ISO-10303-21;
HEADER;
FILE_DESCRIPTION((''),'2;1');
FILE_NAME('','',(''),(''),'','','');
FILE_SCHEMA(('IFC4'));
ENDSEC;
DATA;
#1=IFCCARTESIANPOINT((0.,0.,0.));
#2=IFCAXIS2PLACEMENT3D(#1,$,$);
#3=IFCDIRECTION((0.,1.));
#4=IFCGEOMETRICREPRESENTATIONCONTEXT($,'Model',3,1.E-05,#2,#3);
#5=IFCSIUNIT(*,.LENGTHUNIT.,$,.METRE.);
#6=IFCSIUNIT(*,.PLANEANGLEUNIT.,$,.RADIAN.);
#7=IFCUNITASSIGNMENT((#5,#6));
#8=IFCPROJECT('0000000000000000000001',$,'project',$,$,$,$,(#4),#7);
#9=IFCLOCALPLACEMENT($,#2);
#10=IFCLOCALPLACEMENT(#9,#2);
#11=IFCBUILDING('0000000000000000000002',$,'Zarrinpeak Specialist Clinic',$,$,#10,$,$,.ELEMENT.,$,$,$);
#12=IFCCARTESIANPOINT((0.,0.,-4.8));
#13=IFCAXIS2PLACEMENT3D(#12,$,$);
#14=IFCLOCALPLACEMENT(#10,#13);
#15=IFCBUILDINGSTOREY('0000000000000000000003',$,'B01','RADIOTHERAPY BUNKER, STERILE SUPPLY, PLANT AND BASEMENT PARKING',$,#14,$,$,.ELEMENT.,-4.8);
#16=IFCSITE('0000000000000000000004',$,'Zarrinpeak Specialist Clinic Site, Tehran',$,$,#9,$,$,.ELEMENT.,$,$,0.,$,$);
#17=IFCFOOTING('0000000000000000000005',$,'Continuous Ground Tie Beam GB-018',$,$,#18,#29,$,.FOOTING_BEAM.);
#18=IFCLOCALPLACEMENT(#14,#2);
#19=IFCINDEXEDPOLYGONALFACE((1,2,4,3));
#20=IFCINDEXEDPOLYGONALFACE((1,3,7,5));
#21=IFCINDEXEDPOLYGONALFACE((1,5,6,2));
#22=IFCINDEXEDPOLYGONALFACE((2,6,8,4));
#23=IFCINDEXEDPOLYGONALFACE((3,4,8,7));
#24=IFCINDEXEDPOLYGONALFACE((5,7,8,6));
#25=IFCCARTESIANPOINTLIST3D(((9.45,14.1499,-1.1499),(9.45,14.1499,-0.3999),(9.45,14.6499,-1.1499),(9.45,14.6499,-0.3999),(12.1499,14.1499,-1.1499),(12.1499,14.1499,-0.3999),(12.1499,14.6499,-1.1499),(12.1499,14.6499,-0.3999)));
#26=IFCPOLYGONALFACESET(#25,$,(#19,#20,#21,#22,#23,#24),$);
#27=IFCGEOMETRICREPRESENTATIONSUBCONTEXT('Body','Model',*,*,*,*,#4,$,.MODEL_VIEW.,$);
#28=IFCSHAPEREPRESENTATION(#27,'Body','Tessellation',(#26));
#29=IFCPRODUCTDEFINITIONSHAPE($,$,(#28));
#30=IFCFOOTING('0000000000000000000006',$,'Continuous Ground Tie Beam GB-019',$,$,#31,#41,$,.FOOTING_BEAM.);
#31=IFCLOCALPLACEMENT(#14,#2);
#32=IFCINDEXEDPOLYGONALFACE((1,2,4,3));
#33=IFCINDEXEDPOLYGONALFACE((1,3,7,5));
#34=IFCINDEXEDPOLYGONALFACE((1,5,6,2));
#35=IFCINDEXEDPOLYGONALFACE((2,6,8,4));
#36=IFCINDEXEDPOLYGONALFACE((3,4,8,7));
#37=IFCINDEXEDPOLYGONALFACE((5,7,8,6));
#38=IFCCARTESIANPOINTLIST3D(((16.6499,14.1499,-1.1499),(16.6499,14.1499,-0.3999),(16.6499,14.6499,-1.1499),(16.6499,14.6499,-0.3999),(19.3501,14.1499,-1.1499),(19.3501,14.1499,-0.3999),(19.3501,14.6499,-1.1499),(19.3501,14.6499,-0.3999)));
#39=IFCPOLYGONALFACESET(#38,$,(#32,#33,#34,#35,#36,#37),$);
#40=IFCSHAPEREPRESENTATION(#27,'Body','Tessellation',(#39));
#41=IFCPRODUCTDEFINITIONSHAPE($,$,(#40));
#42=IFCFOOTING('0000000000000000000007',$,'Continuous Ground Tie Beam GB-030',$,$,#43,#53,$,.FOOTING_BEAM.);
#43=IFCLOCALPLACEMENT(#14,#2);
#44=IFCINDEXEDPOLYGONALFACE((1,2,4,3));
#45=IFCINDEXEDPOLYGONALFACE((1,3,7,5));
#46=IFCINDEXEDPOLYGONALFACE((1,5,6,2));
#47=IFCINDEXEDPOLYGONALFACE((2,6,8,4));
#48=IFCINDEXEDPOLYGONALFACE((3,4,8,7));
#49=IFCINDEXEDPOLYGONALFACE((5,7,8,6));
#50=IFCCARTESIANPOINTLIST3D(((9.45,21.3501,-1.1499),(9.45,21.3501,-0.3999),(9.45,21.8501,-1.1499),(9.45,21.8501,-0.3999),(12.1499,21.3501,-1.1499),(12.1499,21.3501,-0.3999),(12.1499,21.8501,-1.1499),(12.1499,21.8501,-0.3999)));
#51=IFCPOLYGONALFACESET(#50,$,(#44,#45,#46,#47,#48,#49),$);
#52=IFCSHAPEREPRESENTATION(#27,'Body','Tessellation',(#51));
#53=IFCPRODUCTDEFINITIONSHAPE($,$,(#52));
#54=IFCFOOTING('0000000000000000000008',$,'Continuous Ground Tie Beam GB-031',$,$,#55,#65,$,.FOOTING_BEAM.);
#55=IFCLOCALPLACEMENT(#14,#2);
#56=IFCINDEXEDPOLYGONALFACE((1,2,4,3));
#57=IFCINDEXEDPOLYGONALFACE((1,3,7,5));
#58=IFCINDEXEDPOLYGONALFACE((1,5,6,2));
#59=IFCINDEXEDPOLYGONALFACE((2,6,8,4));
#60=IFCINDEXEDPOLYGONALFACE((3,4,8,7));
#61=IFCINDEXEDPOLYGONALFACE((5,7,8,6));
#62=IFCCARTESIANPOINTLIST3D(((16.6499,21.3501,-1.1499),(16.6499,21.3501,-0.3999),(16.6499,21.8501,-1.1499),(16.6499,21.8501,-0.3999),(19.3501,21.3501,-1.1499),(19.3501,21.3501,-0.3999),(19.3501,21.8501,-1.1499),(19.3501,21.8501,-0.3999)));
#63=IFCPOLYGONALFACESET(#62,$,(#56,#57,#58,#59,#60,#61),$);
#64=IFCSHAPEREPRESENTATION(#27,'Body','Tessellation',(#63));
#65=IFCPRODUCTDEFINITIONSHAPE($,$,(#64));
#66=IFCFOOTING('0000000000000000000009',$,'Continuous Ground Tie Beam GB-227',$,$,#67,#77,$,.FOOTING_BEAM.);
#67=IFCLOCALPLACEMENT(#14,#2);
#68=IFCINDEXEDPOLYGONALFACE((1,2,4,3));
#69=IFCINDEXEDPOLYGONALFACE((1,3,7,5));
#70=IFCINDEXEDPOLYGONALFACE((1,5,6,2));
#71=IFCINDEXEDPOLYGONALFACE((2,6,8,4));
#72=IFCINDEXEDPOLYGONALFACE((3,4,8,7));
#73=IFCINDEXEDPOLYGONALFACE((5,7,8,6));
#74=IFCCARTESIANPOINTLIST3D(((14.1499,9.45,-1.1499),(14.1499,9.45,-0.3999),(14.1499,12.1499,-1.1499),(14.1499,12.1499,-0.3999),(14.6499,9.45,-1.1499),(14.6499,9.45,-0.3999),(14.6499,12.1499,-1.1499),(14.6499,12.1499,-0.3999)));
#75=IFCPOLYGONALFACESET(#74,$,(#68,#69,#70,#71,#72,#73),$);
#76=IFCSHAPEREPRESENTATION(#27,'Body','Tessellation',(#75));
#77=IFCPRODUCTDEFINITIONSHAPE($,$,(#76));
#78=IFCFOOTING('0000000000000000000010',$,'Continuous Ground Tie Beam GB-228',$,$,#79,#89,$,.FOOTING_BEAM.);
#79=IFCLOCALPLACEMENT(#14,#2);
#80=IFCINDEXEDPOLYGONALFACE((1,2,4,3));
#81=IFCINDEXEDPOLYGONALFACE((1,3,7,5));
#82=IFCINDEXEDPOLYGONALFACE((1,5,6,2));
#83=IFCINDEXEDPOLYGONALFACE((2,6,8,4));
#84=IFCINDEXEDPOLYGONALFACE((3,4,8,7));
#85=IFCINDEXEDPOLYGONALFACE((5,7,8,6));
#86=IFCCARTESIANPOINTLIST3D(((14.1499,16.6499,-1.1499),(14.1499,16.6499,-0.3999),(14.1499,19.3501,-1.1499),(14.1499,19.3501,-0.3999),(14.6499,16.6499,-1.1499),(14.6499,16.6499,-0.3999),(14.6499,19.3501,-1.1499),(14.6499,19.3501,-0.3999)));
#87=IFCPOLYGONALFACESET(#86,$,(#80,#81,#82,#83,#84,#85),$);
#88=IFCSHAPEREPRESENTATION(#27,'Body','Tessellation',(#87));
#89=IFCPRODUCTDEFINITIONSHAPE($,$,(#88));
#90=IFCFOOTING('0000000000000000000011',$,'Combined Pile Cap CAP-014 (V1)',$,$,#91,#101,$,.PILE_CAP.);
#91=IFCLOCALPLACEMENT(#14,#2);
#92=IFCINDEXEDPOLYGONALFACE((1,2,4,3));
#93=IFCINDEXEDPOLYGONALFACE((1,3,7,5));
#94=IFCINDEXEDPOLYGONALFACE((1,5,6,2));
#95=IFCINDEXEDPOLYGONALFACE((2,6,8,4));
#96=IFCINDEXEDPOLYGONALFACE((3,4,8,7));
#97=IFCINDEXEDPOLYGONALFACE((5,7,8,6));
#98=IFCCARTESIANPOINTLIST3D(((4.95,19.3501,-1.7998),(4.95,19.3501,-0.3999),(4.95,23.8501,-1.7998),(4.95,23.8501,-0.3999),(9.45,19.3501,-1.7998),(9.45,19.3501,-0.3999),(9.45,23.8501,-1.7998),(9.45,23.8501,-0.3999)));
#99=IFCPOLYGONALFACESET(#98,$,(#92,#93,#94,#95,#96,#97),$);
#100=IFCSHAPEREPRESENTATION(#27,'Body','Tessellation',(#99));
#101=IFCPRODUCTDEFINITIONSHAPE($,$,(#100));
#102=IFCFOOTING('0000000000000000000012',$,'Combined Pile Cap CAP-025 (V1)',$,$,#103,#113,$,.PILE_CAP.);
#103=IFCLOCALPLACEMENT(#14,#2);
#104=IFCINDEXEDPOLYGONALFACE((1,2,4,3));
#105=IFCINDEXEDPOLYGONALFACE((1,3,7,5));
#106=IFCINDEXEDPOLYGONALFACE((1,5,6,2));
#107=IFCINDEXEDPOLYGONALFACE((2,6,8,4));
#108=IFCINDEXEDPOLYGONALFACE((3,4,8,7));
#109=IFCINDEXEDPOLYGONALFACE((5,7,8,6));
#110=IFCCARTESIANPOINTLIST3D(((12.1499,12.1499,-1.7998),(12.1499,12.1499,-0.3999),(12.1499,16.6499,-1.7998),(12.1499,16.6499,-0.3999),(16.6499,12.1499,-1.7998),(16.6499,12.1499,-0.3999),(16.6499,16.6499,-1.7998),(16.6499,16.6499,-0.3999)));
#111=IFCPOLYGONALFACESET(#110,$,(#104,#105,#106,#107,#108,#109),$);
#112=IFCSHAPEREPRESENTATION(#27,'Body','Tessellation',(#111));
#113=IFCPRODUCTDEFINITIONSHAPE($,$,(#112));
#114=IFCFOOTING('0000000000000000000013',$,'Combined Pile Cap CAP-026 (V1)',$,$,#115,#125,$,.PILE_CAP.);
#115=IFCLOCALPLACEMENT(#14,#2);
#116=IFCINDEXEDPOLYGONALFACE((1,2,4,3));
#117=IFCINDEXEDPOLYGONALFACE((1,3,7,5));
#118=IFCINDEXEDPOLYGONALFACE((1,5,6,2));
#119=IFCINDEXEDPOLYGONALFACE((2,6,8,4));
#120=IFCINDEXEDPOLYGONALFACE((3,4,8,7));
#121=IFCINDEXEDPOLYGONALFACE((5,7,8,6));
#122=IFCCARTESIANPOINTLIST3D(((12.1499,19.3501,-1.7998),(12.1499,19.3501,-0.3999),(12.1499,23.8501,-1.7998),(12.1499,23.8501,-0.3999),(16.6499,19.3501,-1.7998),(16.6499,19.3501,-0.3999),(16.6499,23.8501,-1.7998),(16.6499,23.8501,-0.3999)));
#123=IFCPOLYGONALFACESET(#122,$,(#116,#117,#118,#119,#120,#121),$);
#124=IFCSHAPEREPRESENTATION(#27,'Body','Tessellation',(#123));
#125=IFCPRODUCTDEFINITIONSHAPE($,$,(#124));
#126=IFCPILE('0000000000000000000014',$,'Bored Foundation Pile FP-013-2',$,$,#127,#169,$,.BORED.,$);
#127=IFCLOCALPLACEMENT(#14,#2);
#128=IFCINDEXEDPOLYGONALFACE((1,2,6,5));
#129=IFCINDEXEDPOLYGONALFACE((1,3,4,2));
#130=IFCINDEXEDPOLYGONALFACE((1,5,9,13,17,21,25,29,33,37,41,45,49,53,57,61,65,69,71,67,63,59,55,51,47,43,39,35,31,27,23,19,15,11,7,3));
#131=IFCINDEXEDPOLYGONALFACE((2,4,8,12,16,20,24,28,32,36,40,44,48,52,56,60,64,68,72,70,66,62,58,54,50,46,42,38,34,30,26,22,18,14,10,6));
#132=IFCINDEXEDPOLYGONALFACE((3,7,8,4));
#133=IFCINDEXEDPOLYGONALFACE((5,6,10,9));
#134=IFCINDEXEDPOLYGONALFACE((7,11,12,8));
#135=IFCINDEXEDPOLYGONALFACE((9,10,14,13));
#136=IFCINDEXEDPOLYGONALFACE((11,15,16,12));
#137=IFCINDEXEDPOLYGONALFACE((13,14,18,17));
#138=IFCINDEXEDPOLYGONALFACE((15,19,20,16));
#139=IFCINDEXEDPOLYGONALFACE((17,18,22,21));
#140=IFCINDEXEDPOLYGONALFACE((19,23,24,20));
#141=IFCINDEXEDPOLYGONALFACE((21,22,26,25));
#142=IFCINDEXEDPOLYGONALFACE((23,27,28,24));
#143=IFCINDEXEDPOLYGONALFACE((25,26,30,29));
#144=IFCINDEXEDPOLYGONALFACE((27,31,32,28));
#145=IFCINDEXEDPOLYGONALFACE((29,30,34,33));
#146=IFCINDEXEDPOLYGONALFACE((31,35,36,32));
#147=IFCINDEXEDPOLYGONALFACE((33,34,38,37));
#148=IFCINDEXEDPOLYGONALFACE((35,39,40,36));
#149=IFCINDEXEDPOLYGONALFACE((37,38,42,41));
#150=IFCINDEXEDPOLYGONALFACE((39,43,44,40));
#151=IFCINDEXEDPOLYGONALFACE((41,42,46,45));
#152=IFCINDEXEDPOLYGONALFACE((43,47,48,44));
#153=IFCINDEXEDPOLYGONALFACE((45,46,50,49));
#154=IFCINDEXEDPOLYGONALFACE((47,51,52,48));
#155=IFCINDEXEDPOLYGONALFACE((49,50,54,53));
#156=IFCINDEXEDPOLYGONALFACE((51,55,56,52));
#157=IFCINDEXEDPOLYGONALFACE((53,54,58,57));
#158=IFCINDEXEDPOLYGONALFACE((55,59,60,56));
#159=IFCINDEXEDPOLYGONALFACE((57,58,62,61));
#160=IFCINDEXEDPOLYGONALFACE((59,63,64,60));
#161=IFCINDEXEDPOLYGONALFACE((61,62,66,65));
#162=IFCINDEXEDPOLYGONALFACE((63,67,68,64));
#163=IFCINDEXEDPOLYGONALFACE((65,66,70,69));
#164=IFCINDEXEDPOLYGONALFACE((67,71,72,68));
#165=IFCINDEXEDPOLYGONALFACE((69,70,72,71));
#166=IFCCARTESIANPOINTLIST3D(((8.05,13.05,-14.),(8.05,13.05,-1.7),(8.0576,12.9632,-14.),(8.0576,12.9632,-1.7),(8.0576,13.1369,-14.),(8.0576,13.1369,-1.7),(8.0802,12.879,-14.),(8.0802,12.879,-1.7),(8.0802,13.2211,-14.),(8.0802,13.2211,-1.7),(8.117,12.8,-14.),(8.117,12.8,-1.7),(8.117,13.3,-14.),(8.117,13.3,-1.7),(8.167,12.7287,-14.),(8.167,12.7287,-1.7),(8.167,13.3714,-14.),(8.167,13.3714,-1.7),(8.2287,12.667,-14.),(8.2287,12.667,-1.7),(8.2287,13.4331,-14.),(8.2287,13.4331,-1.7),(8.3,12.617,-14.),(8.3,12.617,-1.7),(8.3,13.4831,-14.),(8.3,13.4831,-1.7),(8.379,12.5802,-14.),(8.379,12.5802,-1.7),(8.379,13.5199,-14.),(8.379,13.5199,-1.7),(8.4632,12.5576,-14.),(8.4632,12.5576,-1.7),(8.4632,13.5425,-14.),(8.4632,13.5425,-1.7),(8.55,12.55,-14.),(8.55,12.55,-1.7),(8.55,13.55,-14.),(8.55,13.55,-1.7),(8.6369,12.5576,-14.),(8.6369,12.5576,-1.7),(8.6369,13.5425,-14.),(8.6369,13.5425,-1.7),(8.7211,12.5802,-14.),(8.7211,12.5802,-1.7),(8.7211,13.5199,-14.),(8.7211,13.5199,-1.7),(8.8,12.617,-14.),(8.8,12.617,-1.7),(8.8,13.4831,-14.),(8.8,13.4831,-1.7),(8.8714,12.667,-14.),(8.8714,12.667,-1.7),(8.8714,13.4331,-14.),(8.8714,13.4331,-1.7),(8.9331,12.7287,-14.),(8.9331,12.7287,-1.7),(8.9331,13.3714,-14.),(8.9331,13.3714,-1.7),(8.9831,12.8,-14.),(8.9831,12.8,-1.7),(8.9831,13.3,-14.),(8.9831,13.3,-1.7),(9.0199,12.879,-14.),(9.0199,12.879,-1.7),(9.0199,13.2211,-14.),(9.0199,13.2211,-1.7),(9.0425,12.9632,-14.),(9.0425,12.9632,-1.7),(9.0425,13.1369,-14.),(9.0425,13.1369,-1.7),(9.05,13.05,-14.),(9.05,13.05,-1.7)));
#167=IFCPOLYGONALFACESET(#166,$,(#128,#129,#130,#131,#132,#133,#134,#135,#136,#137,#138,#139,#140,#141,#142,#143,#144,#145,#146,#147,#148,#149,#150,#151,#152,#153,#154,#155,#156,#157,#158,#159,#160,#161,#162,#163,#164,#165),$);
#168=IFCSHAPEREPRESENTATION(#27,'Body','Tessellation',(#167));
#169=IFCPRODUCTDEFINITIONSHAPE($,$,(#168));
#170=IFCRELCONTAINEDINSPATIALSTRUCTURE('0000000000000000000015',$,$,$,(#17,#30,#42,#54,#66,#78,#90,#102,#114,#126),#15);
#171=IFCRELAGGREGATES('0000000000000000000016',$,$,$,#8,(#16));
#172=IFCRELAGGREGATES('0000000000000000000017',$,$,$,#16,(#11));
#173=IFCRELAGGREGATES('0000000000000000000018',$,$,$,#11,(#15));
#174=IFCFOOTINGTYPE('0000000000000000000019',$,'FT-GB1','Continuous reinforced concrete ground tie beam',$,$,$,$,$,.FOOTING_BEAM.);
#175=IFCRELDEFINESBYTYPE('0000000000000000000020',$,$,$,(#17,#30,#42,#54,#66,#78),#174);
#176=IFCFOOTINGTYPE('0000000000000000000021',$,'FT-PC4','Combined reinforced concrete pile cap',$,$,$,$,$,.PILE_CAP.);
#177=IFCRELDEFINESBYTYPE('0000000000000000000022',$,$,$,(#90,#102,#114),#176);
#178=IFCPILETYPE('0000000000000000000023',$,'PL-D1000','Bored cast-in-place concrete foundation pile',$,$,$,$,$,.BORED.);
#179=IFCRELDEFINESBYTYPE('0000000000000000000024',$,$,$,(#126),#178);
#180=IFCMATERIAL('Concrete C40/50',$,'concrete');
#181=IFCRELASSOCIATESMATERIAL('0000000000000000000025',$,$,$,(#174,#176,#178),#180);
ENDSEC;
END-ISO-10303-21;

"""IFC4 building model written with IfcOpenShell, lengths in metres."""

from ifc_helpers import new_model, si_unit, direction, frame, origin, origin_2d, place, context, subcontext, project, spatial, rectangle, circle, extrude, material, material_profile, profile_set, type_object, element, save


model = new_model("IFC4")

# Units and contexts
model_context = context("Model", 3, precision=1e-05, world=origin(), true_north=direction((0.0, 1.0)))
body_context = subcontext(model_context, "Body", "Model", "MODEL_VIEW")
ifc_project = project(units=[si_unit("LENGTHUNIT", "METRE"), si_unit("PLANEANGLEUNIT", "RADIAN")], contexts=[model_context])

# Site, building, storey
site_placement = place(None, origin())
site = spatial("IfcSite", under=ifc_project, at=site_placement, Name="Zarrinpeak Specialist Clinic Site, Tehran", CompositionType="ELEMENT", RefElevation=0.0)
building_placement = place(site_placement, origin())
building = spatial("IfcBuilding", under=site, at=building_placement, Name="Zarrinpeak Specialist Clinic", CompositionType="ELEMENT")
storey_placement = place(building_placement, frame((0.0, 0.0, -4.8)))
storey = spatial("IfcBuildingStorey", under=building, at=storey_placement, Name="B01", Description="RADIOTHERAPY BUNKER, STERILE SUPPLY, PLANT AND BASEMENT PARKING", CompositionType="ELEMENT", Elevation=-4.8)

# Footings
ifc_material_1 = material(Name="Concrete C40/50", Category="concrete")
ifc_material_profile_1 = material_profile(ifc_material_1, rectangle(XDim=0.5, YDim=0.75, at=origin_2d()), Name="RC 500x750")
ifc_profile_set_1 = profile_set([ifc_material_profile_1], Name="Concrete C40/50")
footing_type_1 = type_object("IfcFootingType", Name="FT-GB1", Description="Continuous reinforced concrete ground tie beam", PredefinedType="FOOTING_BEAM", material=ifc_profile_set_1)
footing_1_placement = place(storey_placement, frame((9.45, 14.3999, -0.7749), z_axis=(1.0, 0.0, 0.0), x_axis=(0.0, 1.0, 0.0)))
element("IfcFooting", 1, at=footing_1_placement, inside=storey, type_object=footing_type_1, Name="Continuous Ground Tie Beam GB-018", PredefinedType="FOOTING_BEAM", context=body_context, shape_type="SweptSolid", body=[
    extrude(rectangle(XDim=0.5, YDim=0.75, at=origin_2d()), origin(), (0.0, 0.0, 1.0), 2.7),
])
footing_2_placement = place(storey_placement, frame((16.6499, 14.3999, -0.7749), z_axis=(1.0, 0.0, 0.0), x_axis=(0.0, 1.0, 0.0)))
element("IfcFooting", 2, at=footing_2_placement, inside=storey, type_object=footing_type_1, Name="Continuous Ground Tie Beam GB-019", PredefinedType="FOOTING_BEAM", context=body_context, shape_type="SweptSolid", body=[
    extrude(rectangle(XDim=0.5, YDim=0.75, at=origin_2d()), origin(), (0.0, 0.0, 1.0), 2.7002),
])
footing_3_placement = place(storey_placement, frame((9.45, 21.6001, -0.7749), z_axis=(1.0, 0.0, 0.0), x_axis=(0.0, 1.0, 0.0)))
element("IfcFooting", 3, at=footing_3_placement, inside=storey, type_object=footing_type_1, Name="Continuous Ground Tie Beam GB-030", PredefinedType="FOOTING_BEAM", context=body_context, shape_type="SweptSolid", body=[
    extrude(rectangle(XDim=0.5, YDim=0.75, at=origin_2d()), origin(), (0.0, 0.0, 1.0), 2.7),
])
footing_4_placement = place(storey_placement, frame((16.6499, 21.6001, -0.7749), z_axis=(1.0, 0.0, 0.0), x_axis=(0.0, 1.0, 0.0)))
element("IfcFooting", 4, at=footing_4_placement, inside=storey, type_object=footing_type_1, Name="Continuous Ground Tie Beam GB-031", PredefinedType="FOOTING_BEAM", context=body_context, shape_type="SweptSolid", body=[
    extrude(rectangle(XDim=0.5, YDim=0.75, at=origin_2d()), origin(), (0.0, 0.0, 1.0), 2.7002),
])
footing_5_placement = place(storey_placement, frame((14.3999, 9.45, -0.7749), z_axis=(0.0, 1.0, 0.0), x_axis=(-1.0, 0.0, 0.0)))
element("IfcFooting", 5, at=footing_5_placement, inside=storey, type_object=footing_type_1, Name="Continuous Ground Tie Beam GB-227", PredefinedType="FOOTING_BEAM", context=body_context, shape_type="SweptSolid", body=[
    extrude(rectangle(XDim=0.5, YDim=0.75, at=origin_2d()), origin(), (0.0, 0.0, 1.0), 2.7),
])
footing_6_placement = place(storey_placement, frame((14.3999, 16.6499, -0.7749), z_axis=(0.0, 1.0, 0.0), x_axis=(-1.0, 0.0, 0.0)))
element("IfcFooting", 6, at=footing_6_placement, inside=storey, type_object=footing_type_1, Name="Continuous Ground Tie Beam GB-228", PredefinedType="FOOTING_BEAM", context=body_context, shape_type="SweptSolid", body=[
    extrude(rectangle(XDim=0.5, YDim=0.75, at=origin_2d()), origin(), (0.0, 0.0, 1.0), 2.7002),
])
footing_type_2 = type_object("IfcFootingType", Name="FT-PC4", Description="Combined reinforced concrete pile cap", PredefinedType="PILE_CAP", material=ifc_material_1)
for number, where, z_axis, x_axis, name in (
    (7, (7.2, 21.6001, -1.7998), (0.0, 0.0, 1.0), (1.0, 0.0, 0.0), "Combined Pile Cap CAP-014 (V1)"),
    (8, (14.3999, 14.3999, -1.7998), (0.0, 0.0, 1.0), (1.0, 0.0, 0.0), "Combined Pile Cap CAP-025 (V1)"),
    (9, (14.3999, 21.6001, -1.7998), (0.0, 0.0, 1.0), (1.0, 0.0, 0.0), "Combined Pile Cap CAP-026 (V1)"),
):
    element("IfcFooting", number, at=place(storey_placement, frame(where, z_axis=z_axis, x_axis=x_axis)), inside=storey, type_object=footing_type_2, Name=name, PredefinedType="PILE_CAP", context=body_context, shape_type="SweptSolid", body=[
        extrude(rectangle(XDim=4.5, YDim=4.5, at=origin_2d()), origin(), (0.0, 0.0, 1.0), 1.3999),
    ])

# Pile
ifc_material_profile_2 = material_profile(ifc_material_1, circle(Radius=0.5, at=origin_2d()), Name="BORED PILE D1000")
ifc_profile_set_2 = profile_set([ifc_material_profile_2], Name="Concrete C40/50")
pile_type = type_object("IfcPileType", Name="PL-D1000", Description="Bored cast-in-place concrete foundation pile", PredefinedType="BORED", material=ifc_profile_set_2)
for number, where, z_axis, x_axis, name in (
    (10, (8.55, 13.05, -1.7), (0.0, 0.0, -1.0), (1.0, 0.0, 0.0), "Bored Foundation Pile FP-013-2"),
):
    element("IfcPile", number, at=place(storey_placement, frame(where, z_axis=z_axis, x_axis=x_axis)), inside=storey, type_object=pile_type, Name=name, PredefinedType="BORED", context=body_context, shape_type="SweptSolid", body=[
        extrude(circle(Radius=0.5, at=origin_2d()), origin(), (0.0, 0.0, 1.0), 12.3),
    ])

save(model, "model.ifc")
